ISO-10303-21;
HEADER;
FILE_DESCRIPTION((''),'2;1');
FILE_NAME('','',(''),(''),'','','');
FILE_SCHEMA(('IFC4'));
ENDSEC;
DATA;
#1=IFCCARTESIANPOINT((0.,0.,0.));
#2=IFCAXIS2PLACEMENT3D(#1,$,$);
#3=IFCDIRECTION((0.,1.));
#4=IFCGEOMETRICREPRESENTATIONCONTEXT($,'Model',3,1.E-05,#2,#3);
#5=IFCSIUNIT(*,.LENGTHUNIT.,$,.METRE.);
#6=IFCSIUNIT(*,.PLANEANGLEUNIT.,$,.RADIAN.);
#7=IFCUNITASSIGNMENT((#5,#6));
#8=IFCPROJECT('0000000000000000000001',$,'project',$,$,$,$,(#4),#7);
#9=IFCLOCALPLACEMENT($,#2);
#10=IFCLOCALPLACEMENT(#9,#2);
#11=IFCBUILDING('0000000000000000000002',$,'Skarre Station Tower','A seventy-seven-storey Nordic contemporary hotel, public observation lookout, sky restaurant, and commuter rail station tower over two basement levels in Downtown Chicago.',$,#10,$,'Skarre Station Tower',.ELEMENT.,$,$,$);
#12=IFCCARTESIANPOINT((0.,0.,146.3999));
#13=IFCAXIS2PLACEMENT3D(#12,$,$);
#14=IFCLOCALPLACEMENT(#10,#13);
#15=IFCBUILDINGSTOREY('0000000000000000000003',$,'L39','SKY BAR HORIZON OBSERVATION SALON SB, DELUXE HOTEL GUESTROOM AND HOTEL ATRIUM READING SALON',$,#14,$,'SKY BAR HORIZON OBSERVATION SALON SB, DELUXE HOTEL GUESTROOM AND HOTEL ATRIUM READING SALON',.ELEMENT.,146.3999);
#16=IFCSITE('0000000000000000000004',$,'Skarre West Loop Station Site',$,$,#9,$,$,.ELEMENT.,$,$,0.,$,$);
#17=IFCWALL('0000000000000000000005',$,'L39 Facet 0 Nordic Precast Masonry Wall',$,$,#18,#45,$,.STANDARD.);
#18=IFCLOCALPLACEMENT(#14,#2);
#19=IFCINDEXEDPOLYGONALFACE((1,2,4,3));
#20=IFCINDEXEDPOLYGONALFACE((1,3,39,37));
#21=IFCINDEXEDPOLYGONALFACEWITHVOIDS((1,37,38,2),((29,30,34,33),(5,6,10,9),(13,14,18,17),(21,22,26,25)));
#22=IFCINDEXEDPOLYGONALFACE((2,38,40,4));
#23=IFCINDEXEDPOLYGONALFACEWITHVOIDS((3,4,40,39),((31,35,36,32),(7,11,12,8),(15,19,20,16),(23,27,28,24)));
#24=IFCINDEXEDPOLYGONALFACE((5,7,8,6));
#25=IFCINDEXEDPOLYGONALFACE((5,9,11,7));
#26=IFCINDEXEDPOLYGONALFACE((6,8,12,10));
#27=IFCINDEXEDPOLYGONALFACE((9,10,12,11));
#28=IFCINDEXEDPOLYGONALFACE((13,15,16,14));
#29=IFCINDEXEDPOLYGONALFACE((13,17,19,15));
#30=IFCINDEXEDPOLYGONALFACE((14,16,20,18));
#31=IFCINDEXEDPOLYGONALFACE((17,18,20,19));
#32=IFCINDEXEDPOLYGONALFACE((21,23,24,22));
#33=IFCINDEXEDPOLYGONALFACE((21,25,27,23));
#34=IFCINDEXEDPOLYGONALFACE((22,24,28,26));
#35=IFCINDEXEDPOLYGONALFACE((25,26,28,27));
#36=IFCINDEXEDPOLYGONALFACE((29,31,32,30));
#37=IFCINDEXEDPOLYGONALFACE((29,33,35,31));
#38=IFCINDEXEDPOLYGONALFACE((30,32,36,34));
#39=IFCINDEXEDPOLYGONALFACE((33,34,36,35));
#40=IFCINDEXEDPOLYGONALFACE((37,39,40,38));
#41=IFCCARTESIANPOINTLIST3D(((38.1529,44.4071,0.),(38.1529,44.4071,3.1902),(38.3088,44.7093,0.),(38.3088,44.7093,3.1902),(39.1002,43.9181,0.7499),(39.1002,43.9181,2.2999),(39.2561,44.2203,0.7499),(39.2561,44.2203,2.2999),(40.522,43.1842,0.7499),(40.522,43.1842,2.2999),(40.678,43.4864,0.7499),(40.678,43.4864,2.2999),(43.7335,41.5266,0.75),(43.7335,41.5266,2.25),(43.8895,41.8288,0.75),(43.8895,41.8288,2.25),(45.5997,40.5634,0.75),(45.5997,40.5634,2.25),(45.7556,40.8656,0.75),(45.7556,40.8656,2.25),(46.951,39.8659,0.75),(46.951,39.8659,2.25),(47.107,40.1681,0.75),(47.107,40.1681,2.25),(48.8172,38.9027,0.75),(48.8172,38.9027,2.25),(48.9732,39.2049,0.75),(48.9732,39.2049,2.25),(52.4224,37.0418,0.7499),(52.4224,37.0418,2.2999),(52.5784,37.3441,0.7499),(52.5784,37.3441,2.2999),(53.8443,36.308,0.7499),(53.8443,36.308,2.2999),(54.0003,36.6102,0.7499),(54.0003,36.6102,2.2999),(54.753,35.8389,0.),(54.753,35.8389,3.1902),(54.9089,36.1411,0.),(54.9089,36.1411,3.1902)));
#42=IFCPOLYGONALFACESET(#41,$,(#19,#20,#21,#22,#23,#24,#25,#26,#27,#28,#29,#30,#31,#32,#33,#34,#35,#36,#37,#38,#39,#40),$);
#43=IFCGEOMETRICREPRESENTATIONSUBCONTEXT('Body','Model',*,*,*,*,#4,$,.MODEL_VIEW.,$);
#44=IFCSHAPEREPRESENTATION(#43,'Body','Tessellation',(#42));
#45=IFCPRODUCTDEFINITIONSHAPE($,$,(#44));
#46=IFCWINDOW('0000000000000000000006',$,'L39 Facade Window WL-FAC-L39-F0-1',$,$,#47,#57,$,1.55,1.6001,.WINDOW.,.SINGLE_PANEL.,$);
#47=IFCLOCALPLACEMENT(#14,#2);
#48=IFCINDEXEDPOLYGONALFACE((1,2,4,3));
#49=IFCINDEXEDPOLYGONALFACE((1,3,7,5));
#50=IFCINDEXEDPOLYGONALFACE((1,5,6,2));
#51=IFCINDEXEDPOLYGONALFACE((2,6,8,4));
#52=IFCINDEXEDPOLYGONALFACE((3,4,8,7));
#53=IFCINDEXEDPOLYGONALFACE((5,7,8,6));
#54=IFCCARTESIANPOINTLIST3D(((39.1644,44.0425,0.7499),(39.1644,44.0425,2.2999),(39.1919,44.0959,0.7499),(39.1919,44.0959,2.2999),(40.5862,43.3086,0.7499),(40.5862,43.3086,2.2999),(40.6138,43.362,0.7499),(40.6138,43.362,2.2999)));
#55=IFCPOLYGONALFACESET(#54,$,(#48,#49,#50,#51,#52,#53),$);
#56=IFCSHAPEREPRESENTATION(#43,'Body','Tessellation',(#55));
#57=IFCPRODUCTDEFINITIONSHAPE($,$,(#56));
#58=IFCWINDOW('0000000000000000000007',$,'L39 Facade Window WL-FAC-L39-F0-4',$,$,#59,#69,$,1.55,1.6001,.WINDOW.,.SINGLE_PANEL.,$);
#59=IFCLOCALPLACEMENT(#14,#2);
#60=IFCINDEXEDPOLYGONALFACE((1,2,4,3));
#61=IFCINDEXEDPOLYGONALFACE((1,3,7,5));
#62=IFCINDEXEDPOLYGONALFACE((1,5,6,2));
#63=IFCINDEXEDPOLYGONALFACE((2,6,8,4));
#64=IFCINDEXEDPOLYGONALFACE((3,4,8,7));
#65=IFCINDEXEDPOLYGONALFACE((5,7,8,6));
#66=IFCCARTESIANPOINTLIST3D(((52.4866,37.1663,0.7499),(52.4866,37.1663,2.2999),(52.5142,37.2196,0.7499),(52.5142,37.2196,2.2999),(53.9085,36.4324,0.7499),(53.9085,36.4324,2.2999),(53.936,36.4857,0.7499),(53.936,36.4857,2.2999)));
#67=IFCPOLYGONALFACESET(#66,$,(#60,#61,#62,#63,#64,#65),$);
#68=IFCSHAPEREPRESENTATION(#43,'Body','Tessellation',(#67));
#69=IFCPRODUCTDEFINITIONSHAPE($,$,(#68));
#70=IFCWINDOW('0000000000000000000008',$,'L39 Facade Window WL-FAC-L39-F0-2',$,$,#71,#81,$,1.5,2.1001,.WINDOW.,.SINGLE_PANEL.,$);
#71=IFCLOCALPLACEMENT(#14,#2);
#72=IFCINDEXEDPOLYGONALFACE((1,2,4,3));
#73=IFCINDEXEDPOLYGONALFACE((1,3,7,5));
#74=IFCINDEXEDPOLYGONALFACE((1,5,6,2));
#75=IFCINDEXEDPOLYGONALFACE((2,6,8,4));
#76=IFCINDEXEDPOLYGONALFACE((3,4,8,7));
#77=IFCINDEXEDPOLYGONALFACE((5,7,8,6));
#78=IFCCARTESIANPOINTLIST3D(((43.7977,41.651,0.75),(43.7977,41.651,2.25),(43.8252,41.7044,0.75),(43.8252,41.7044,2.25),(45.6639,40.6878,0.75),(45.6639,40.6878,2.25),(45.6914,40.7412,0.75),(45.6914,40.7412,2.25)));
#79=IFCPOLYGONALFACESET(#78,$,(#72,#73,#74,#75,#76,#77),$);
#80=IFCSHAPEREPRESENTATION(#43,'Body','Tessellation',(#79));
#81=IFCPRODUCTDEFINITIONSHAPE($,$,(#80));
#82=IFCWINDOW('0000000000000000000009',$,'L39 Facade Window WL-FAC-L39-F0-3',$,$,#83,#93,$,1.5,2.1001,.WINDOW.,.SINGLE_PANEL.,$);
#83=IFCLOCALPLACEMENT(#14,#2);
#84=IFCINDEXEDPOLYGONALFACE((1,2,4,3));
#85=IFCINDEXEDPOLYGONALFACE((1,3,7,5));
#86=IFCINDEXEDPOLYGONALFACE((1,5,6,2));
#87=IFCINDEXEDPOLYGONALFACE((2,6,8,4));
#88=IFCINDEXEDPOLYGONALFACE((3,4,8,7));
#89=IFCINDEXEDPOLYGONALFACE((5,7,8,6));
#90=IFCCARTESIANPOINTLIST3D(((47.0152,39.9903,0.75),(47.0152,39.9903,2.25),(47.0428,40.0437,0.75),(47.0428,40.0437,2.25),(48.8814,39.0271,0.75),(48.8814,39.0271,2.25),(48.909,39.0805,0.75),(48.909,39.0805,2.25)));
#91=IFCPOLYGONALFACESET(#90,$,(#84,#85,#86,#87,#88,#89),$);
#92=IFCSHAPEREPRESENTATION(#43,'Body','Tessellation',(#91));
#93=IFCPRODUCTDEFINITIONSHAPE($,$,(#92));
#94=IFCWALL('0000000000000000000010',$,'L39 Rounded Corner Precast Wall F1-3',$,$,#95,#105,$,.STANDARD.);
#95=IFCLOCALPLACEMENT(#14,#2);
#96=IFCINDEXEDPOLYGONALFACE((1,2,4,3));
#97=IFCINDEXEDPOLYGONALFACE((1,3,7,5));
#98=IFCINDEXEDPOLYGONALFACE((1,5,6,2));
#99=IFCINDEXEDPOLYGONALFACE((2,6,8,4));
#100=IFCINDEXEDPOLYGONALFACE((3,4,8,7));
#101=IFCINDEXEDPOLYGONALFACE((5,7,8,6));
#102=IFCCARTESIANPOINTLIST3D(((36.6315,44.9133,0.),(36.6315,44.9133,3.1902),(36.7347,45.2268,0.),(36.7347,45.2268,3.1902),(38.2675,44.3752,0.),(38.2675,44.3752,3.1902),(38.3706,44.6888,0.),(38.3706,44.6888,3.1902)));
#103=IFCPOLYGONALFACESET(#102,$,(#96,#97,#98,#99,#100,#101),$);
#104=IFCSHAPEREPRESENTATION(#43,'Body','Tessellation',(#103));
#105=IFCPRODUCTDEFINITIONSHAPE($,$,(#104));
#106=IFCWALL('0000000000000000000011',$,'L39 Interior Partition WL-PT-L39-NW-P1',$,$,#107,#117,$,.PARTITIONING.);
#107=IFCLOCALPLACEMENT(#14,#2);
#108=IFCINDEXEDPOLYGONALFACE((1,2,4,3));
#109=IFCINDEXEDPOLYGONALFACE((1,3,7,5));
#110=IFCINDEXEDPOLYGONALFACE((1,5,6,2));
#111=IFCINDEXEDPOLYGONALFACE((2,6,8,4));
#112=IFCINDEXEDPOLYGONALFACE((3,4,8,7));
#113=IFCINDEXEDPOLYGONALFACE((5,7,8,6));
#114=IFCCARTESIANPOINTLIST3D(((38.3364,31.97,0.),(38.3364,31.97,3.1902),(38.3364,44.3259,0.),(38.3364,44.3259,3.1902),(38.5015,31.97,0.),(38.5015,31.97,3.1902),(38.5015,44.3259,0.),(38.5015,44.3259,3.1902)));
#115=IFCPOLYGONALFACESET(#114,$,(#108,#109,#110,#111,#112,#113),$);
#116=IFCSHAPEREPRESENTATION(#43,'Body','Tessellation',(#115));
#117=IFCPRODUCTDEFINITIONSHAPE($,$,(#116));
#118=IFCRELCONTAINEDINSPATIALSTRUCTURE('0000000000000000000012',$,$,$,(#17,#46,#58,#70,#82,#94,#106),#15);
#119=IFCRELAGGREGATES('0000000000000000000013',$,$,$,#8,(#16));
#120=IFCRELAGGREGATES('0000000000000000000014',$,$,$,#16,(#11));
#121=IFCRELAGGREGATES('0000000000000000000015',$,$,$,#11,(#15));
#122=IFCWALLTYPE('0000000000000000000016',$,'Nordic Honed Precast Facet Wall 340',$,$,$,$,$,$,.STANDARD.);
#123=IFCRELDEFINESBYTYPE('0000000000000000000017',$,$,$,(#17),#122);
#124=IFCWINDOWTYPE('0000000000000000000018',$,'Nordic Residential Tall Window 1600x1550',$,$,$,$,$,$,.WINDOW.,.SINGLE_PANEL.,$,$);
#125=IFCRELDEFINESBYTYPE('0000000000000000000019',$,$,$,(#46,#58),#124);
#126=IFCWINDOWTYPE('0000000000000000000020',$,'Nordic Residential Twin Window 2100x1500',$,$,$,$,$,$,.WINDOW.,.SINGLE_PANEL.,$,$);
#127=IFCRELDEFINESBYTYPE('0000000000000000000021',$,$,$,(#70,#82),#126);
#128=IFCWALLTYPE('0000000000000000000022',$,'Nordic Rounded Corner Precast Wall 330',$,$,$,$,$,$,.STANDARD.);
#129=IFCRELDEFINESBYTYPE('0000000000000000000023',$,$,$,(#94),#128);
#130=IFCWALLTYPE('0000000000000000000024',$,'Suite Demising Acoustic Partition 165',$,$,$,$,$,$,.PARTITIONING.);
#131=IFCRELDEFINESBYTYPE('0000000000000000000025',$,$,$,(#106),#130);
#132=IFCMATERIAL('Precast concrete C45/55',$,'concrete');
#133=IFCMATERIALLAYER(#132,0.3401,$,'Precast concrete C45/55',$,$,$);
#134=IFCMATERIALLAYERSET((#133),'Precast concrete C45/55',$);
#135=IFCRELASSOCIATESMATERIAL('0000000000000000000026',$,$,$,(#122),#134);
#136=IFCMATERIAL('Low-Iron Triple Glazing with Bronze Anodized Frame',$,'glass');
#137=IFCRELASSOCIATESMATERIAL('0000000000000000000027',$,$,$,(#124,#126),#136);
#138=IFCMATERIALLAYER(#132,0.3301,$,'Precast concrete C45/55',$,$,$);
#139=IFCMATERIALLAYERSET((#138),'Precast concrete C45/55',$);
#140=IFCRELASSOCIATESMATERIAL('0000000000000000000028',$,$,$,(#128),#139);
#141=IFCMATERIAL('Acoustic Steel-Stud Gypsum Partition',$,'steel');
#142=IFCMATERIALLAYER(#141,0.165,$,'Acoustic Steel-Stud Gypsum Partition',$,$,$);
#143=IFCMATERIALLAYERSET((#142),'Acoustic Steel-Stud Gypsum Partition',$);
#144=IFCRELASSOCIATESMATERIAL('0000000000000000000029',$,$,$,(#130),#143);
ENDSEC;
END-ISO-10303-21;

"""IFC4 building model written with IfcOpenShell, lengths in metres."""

from ifc_helpers import new_model, si_unit, direction, frame, frame_2d, origin, place, context, subcontext, project, spatial, rectangle, extrude, material, layer, layer_set, type_object, element, fill, save


model = new_model("IFC4")

# Units and contexts
model_context = context("Model", 3, precision=1e-05, world=origin(), true_north=direction((0.0, 1.0)))
body_context = subcontext(model_context, "Body", "Model", "MODEL_VIEW")
ifc_project = project(units=[si_unit("LENGTHUNIT", "METRE"), si_unit("PLANEANGLEUNIT", "RADIAN")], contexts=[model_context])

# Site, building, storey
site_placement = place(None, origin())
site = spatial("IfcSite", under=ifc_project, at=site_placement, Name="Skarre West Loop Station Site", CompositionType="ELEMENT", RefElevation=0.0)
building_placement = place(site_placement, origin())
building = spatial("IfcBuilding", under=site, at=building_placement, Name="Skarre Station Tower", Description="A seventy-seven-storey Nordic contemporary hotel, public observation lookout, sky restaurant, and commuter rail station tower over two basement levels in Downtown Chicago.", LongName="Skarre Station Tower", CompositionType="ELEMENT")
storey_placement = place(building_placement, frame((0.0, 0.0, 146.3999)))
storey = spatial("IfcBuildingStorey", under=building, at=storey_placement, Name="L39", Description="SKY BAR HORIZON OBSERVATION SALON SB, DELUXE HOTEL GUESTROOM AND HOTEL ATRIUM READING SALON", LongName="SKY BAR HORIZON OBSERVATION SALON SB, DELUXE HOTEL GUESTROOM AND HOTEL ATRIUM READING SALON", CompositionType="ELEMENT", Elevation=146.3999)

# Shared definitions
ifc_material_1 = material(Name="Acoustic Steel-Stud Gypsum Partition", Category="steel")

# Wall, openings, windows
ifc_material_2 = material(Name="Precast concrete C45/55", Category="concrete")
ifc_layer_1 = layer(ifc_material_2, 0.3401, Name="Precast concrete C45/55")
ifc_layer_set_1 = layer_set([ifc_layer_1], Name="Precast concrete C45/55")
wall_type_1 = type_object("IfcWallType", Name="Nordic Honed Precast Facet Wall 340", PredefinedType="STANDARD", material=ifc_layer_set_1)
wall_1_placement = place(storey_placement, frame((38.231, 44.5581, 0.0), z_axis=(0.0, 0.0, 1.0), x_axis=(0.888614, -0.458657, 0.0)))
wall_1 = element("IfcWall", 1, at=wall_1_placement, inside=storey, type_object=wall_type_1, Name="L39 Facet 0 Nordic Precast Masonry Wall", PredefinedType="STANDARD", context=body_context, shape_type="SweptSolid", body=[
    extrude(rectangle(XDim=18.6809, YDim=0.3401, at=frame_2d((9.3403, 0.0))), origin(), (0.0, 0.0, 1.0), 3.1902),
])
opening_1_placement = place(wall_1_placement, frame((1.0659, 0.0, 0.75)))
opening_1 = element("IfcOpeningElement", 2, at=opening_1_placement, cuts=wall_1, PredefinedType="OPENING", context=body_context, shape_type="SweptSolid", body=[
    extrude(rectangle(XDim=1.6001, YDim=1.55, at=frame_2d((0.8, 0.7749))), frame((0.0, 0.1799, 0.0), z_axis=(0.0, -1.0, 0.0), x_axis=(1.0, 0.0, 0.0)), (0.0, 0.0, 1.0), 0.3601),
])
opening_2_placement = place(wall_1_placement, frame((6.28, 0.0, 0.75)))
opening_2 = element("IfcOpeningElement", 3, at=opening_2_placement, cuts=wall_1, PredefinedType="OPENING", context=body_context, shape_type="SweptSolid", body=[
    extrude(rectangle(XDim=2.1001, YDim=1.5, at=frame_2d((1.05, 0.75))), frame((0.0, 0.1799, 0.0), z_axis=(0.0, -1.0, 0.0), x_axis=(1.0, 0.0, 0.0)), (0.0, 0.0, 1.0), 0.3601),
])
opening_3_placement = place(wall_1_placement, frame((9.9009, 0.0, 0.75)))
opening_3 = element("IfcOpeningElement", 4, at=opening_3_placement, cuts=wall_1, PredefinedType="OPENING", context=body_context, shape_type="SweptSolid", body=[
    extrude(rectangle(XDim=2.1001, YDim=1.5, at=frame_2d((1.05, 0.75))), frame((0.0, 0.1799, 0.0), z_axis=(0.0, -1.0, 0.0), x_axis=(1.0, 0.0, 0.0)), (0.0, 0.0, 1.0), 0.3601),
])
opening_4_placement = place(wall_1_placement, frame((16.0581, 0.0, 0.75)))
opening_4 = element("IfcOpeningElement", 5, at=opening_4_placement, cuts=wall_1, PredefinedType="OPENING", context=body_context, shape_type="SweptSolid", body=[
    extrude(rectangle(XDim=1.6001, YDim=1.55, at=frame_2d((0.8, 0.7749))), frame((0.0, 0.1799, 0.0), z_axis=(0.0, -1.0, 0.0), x_axis=(1.0, 0.0, 0.0)), (0.0, 0.0, 1.0), 0.3601),
])
ifc_material_3 = material(Name="Low-Iron Triple Glazing with Bronze Anodized Frame", Category="glass")
window_type_1 = type_object("IfcWindowType", Name="Nordic Residential Tall Window 1600x1550", PartitioningType="SINGLE_PANEL", PredefinedType="WINDOW", material=ifc_material_3)
window_1_placement = place(opening_1_placement, origin())
window_1 = element("IfcWindow", 6, at=window_1_placement, inside=storey, type_object=window_type_1, Name="L39 Facade Window WL-FAC-L39-F0-1", OverallHeight=1.55, OverallWidth=1.6001, PartitioningType="SINGLE_PANEL", PredefinedType="WINDOW", context=body_context, shape_type="SweptSolid", body=[
    extrude(rectangle(XDim=1.6001, YDim=1.55, at=frame_2d((0.8, 0.7749))), frame((0.0, 0.03, 0.0), z_axis=(0.0, -1.0, 0.0), x_axis=(1.0, 0.0, 0.0)), (0.0, 0.0, 1.0), 0.0601),
])
fill(opening_1, window_1)
window_2_placement = place(opening_4_placement, origin())
window_2 = element("IfcWindow", 7, at=window_2_placement, inside=storey, type_object=window_type_1, Name="L39 Facade Window WL-FAC-L39-F0-4", OverallHeight=1.55, OverallWidth=1.6001, PartitioningType="SINGLE_PANEL", PredefinedType="WINDOW", context=body_context, shape_type="SweptSolid", body=[
    extrude(rectangle(XDim=1.6001, YDim=1.55, at=frame_2d((0.8, 0.7749))), frame((0.0, 0.03, 0.0), z_axis=(0.0, -1.0, 0.0), x_axis=(1.0, 0.0, 0.0)), (0.0, 0.0, 1.0), 0.0601),
])
fill(opening_4, window_2)
window_type_2 = type_object("IfcWindowType", Name="Nordic Residential Twin Window 2100x1500", PartitioningType="SINGLE_PANEL", PredefinedType="WINDOW", material=ifc_material_3)
window_3_placement = place(opening_2_placement, origin())
window_3 = element("IfcWindow", 8, at=window_3_placement, inside=storey, type_object=window_type_2, Name="L39 Facade Window WL-FAC-L39-F0-2", OverallHeight=1.5, OverallWidth=2.1001, PartitioningType="SINGLE_PANEL", PredefinedType="WINDOW", context=body_context, shape_type="SweptSolid", body=[
    extrude(rectangle(XDim=2.1001, YDim=1.5, at=frame_2d((1.05, 0.75))), frame((0.0, 0.03, 0.0), z_axis=(0.0, -1.0, 0.0), x_axis=(1.0, 0.0, 0.0)), (0.0, 0.0, 1.0), 0.0601),
])
fill(opening_2, window_3)
window_4_placement = place(opening_3_placement, origin())
window_4 = element("IfcWindow", 9, at=window_4_placement, inside=storey, type_object=window_type_2, Name="L39 Facade Window WL-FAC-L39-F0-3", OverallHeight=1.5, OverallWidth=2.1001, PartitioningType="SINGLE_PANEL", PredefinedType="WINDOW", context=body_context, shape_type="SweptSolid", body=[
    extrude(rectangle(XDim=2.1001, YDim=1.5, at=frame_2d((1.05, 0.75))), frame((0.0, 0.03, 0.0), z_axis=(0.0, -1.0, 0.0), x_axis=(1.0, 0.0, 0.0)), (0.0, 0.0, 1.0), 0.0601),
])
fill(opening_3, window_4)

# Walls
ifc_layer_2 = layer(ifc_material_2, 0.3301, Name="Precast concrete C45/55")
ifc_layer_set_2 = layer_set([ifc_layer_2], Name="Precast concrete C45/55")
wall_type_2 = type_object("IfcWallType", Name="Nordic Rounded Corner Precast Wall 330", PredefinedType="STANDARD", material=ifc_layer_set_2)
wall_2_placement = place(storey_placement, frame((36.6831, 45.0701, 0.0), z_axis=(0.0, 0.0, 1.0), x_axis=(0.949937, -0.31244, 0.0)))
element("IfcWall", 10, at=wall_2_placement, inside=storey, type_object=wall_type_2, Name="L39 Rounded Corner Precast Wall F1-3", PredefinedType="STANDARD", context=body_context, shape_type="SweptSolid", body=[
    extrude(rectangle(XDim=1.7222, YDim=0.3301, at=frame_2d((0.8611, 0.0))), origin(), (0.0, 0.0, 1.0), 3.1902),
])
ifc_layer_3 = layer(ifc_material_1, 0.165, Name="Acoustic Steel-Stud Gypsum Partition")
ifc_layer_set_3 = layer_set([ifc_layer_3], Name="Acoustic Steel-Stud Gypsum Partition")
wall_type_3 = type_object("IfcWallType", Name="Suite Demising Acoustic Partition 165", PredefinedType="PARTITIONING", material=ifc_layer_set_3)
wall_3_placement = place(storey_placement, frame((38.4189, 31.97, 0.0), z_axis=(0.0, 0.0, 1.0), x_axis=(0.0, 1.0, 0.0)))
element("IfcWall", 11, at=wall_3_placement, inside=storey, type_object=wall_type_3, Name="L39 Interior Partition WL-PT-L39-NW-P1", PredefinedType="PARTITIONING", context=body_context, shape_type="SweptSolid", body=[
    extrude(rectangle(XDim=12.356, YDim=0.165, at=frame_2d((6.178, 0.0))), origin(), (0.0, 0.0, 1.0), 3.1902),
])

save(model, "model.ifc")
